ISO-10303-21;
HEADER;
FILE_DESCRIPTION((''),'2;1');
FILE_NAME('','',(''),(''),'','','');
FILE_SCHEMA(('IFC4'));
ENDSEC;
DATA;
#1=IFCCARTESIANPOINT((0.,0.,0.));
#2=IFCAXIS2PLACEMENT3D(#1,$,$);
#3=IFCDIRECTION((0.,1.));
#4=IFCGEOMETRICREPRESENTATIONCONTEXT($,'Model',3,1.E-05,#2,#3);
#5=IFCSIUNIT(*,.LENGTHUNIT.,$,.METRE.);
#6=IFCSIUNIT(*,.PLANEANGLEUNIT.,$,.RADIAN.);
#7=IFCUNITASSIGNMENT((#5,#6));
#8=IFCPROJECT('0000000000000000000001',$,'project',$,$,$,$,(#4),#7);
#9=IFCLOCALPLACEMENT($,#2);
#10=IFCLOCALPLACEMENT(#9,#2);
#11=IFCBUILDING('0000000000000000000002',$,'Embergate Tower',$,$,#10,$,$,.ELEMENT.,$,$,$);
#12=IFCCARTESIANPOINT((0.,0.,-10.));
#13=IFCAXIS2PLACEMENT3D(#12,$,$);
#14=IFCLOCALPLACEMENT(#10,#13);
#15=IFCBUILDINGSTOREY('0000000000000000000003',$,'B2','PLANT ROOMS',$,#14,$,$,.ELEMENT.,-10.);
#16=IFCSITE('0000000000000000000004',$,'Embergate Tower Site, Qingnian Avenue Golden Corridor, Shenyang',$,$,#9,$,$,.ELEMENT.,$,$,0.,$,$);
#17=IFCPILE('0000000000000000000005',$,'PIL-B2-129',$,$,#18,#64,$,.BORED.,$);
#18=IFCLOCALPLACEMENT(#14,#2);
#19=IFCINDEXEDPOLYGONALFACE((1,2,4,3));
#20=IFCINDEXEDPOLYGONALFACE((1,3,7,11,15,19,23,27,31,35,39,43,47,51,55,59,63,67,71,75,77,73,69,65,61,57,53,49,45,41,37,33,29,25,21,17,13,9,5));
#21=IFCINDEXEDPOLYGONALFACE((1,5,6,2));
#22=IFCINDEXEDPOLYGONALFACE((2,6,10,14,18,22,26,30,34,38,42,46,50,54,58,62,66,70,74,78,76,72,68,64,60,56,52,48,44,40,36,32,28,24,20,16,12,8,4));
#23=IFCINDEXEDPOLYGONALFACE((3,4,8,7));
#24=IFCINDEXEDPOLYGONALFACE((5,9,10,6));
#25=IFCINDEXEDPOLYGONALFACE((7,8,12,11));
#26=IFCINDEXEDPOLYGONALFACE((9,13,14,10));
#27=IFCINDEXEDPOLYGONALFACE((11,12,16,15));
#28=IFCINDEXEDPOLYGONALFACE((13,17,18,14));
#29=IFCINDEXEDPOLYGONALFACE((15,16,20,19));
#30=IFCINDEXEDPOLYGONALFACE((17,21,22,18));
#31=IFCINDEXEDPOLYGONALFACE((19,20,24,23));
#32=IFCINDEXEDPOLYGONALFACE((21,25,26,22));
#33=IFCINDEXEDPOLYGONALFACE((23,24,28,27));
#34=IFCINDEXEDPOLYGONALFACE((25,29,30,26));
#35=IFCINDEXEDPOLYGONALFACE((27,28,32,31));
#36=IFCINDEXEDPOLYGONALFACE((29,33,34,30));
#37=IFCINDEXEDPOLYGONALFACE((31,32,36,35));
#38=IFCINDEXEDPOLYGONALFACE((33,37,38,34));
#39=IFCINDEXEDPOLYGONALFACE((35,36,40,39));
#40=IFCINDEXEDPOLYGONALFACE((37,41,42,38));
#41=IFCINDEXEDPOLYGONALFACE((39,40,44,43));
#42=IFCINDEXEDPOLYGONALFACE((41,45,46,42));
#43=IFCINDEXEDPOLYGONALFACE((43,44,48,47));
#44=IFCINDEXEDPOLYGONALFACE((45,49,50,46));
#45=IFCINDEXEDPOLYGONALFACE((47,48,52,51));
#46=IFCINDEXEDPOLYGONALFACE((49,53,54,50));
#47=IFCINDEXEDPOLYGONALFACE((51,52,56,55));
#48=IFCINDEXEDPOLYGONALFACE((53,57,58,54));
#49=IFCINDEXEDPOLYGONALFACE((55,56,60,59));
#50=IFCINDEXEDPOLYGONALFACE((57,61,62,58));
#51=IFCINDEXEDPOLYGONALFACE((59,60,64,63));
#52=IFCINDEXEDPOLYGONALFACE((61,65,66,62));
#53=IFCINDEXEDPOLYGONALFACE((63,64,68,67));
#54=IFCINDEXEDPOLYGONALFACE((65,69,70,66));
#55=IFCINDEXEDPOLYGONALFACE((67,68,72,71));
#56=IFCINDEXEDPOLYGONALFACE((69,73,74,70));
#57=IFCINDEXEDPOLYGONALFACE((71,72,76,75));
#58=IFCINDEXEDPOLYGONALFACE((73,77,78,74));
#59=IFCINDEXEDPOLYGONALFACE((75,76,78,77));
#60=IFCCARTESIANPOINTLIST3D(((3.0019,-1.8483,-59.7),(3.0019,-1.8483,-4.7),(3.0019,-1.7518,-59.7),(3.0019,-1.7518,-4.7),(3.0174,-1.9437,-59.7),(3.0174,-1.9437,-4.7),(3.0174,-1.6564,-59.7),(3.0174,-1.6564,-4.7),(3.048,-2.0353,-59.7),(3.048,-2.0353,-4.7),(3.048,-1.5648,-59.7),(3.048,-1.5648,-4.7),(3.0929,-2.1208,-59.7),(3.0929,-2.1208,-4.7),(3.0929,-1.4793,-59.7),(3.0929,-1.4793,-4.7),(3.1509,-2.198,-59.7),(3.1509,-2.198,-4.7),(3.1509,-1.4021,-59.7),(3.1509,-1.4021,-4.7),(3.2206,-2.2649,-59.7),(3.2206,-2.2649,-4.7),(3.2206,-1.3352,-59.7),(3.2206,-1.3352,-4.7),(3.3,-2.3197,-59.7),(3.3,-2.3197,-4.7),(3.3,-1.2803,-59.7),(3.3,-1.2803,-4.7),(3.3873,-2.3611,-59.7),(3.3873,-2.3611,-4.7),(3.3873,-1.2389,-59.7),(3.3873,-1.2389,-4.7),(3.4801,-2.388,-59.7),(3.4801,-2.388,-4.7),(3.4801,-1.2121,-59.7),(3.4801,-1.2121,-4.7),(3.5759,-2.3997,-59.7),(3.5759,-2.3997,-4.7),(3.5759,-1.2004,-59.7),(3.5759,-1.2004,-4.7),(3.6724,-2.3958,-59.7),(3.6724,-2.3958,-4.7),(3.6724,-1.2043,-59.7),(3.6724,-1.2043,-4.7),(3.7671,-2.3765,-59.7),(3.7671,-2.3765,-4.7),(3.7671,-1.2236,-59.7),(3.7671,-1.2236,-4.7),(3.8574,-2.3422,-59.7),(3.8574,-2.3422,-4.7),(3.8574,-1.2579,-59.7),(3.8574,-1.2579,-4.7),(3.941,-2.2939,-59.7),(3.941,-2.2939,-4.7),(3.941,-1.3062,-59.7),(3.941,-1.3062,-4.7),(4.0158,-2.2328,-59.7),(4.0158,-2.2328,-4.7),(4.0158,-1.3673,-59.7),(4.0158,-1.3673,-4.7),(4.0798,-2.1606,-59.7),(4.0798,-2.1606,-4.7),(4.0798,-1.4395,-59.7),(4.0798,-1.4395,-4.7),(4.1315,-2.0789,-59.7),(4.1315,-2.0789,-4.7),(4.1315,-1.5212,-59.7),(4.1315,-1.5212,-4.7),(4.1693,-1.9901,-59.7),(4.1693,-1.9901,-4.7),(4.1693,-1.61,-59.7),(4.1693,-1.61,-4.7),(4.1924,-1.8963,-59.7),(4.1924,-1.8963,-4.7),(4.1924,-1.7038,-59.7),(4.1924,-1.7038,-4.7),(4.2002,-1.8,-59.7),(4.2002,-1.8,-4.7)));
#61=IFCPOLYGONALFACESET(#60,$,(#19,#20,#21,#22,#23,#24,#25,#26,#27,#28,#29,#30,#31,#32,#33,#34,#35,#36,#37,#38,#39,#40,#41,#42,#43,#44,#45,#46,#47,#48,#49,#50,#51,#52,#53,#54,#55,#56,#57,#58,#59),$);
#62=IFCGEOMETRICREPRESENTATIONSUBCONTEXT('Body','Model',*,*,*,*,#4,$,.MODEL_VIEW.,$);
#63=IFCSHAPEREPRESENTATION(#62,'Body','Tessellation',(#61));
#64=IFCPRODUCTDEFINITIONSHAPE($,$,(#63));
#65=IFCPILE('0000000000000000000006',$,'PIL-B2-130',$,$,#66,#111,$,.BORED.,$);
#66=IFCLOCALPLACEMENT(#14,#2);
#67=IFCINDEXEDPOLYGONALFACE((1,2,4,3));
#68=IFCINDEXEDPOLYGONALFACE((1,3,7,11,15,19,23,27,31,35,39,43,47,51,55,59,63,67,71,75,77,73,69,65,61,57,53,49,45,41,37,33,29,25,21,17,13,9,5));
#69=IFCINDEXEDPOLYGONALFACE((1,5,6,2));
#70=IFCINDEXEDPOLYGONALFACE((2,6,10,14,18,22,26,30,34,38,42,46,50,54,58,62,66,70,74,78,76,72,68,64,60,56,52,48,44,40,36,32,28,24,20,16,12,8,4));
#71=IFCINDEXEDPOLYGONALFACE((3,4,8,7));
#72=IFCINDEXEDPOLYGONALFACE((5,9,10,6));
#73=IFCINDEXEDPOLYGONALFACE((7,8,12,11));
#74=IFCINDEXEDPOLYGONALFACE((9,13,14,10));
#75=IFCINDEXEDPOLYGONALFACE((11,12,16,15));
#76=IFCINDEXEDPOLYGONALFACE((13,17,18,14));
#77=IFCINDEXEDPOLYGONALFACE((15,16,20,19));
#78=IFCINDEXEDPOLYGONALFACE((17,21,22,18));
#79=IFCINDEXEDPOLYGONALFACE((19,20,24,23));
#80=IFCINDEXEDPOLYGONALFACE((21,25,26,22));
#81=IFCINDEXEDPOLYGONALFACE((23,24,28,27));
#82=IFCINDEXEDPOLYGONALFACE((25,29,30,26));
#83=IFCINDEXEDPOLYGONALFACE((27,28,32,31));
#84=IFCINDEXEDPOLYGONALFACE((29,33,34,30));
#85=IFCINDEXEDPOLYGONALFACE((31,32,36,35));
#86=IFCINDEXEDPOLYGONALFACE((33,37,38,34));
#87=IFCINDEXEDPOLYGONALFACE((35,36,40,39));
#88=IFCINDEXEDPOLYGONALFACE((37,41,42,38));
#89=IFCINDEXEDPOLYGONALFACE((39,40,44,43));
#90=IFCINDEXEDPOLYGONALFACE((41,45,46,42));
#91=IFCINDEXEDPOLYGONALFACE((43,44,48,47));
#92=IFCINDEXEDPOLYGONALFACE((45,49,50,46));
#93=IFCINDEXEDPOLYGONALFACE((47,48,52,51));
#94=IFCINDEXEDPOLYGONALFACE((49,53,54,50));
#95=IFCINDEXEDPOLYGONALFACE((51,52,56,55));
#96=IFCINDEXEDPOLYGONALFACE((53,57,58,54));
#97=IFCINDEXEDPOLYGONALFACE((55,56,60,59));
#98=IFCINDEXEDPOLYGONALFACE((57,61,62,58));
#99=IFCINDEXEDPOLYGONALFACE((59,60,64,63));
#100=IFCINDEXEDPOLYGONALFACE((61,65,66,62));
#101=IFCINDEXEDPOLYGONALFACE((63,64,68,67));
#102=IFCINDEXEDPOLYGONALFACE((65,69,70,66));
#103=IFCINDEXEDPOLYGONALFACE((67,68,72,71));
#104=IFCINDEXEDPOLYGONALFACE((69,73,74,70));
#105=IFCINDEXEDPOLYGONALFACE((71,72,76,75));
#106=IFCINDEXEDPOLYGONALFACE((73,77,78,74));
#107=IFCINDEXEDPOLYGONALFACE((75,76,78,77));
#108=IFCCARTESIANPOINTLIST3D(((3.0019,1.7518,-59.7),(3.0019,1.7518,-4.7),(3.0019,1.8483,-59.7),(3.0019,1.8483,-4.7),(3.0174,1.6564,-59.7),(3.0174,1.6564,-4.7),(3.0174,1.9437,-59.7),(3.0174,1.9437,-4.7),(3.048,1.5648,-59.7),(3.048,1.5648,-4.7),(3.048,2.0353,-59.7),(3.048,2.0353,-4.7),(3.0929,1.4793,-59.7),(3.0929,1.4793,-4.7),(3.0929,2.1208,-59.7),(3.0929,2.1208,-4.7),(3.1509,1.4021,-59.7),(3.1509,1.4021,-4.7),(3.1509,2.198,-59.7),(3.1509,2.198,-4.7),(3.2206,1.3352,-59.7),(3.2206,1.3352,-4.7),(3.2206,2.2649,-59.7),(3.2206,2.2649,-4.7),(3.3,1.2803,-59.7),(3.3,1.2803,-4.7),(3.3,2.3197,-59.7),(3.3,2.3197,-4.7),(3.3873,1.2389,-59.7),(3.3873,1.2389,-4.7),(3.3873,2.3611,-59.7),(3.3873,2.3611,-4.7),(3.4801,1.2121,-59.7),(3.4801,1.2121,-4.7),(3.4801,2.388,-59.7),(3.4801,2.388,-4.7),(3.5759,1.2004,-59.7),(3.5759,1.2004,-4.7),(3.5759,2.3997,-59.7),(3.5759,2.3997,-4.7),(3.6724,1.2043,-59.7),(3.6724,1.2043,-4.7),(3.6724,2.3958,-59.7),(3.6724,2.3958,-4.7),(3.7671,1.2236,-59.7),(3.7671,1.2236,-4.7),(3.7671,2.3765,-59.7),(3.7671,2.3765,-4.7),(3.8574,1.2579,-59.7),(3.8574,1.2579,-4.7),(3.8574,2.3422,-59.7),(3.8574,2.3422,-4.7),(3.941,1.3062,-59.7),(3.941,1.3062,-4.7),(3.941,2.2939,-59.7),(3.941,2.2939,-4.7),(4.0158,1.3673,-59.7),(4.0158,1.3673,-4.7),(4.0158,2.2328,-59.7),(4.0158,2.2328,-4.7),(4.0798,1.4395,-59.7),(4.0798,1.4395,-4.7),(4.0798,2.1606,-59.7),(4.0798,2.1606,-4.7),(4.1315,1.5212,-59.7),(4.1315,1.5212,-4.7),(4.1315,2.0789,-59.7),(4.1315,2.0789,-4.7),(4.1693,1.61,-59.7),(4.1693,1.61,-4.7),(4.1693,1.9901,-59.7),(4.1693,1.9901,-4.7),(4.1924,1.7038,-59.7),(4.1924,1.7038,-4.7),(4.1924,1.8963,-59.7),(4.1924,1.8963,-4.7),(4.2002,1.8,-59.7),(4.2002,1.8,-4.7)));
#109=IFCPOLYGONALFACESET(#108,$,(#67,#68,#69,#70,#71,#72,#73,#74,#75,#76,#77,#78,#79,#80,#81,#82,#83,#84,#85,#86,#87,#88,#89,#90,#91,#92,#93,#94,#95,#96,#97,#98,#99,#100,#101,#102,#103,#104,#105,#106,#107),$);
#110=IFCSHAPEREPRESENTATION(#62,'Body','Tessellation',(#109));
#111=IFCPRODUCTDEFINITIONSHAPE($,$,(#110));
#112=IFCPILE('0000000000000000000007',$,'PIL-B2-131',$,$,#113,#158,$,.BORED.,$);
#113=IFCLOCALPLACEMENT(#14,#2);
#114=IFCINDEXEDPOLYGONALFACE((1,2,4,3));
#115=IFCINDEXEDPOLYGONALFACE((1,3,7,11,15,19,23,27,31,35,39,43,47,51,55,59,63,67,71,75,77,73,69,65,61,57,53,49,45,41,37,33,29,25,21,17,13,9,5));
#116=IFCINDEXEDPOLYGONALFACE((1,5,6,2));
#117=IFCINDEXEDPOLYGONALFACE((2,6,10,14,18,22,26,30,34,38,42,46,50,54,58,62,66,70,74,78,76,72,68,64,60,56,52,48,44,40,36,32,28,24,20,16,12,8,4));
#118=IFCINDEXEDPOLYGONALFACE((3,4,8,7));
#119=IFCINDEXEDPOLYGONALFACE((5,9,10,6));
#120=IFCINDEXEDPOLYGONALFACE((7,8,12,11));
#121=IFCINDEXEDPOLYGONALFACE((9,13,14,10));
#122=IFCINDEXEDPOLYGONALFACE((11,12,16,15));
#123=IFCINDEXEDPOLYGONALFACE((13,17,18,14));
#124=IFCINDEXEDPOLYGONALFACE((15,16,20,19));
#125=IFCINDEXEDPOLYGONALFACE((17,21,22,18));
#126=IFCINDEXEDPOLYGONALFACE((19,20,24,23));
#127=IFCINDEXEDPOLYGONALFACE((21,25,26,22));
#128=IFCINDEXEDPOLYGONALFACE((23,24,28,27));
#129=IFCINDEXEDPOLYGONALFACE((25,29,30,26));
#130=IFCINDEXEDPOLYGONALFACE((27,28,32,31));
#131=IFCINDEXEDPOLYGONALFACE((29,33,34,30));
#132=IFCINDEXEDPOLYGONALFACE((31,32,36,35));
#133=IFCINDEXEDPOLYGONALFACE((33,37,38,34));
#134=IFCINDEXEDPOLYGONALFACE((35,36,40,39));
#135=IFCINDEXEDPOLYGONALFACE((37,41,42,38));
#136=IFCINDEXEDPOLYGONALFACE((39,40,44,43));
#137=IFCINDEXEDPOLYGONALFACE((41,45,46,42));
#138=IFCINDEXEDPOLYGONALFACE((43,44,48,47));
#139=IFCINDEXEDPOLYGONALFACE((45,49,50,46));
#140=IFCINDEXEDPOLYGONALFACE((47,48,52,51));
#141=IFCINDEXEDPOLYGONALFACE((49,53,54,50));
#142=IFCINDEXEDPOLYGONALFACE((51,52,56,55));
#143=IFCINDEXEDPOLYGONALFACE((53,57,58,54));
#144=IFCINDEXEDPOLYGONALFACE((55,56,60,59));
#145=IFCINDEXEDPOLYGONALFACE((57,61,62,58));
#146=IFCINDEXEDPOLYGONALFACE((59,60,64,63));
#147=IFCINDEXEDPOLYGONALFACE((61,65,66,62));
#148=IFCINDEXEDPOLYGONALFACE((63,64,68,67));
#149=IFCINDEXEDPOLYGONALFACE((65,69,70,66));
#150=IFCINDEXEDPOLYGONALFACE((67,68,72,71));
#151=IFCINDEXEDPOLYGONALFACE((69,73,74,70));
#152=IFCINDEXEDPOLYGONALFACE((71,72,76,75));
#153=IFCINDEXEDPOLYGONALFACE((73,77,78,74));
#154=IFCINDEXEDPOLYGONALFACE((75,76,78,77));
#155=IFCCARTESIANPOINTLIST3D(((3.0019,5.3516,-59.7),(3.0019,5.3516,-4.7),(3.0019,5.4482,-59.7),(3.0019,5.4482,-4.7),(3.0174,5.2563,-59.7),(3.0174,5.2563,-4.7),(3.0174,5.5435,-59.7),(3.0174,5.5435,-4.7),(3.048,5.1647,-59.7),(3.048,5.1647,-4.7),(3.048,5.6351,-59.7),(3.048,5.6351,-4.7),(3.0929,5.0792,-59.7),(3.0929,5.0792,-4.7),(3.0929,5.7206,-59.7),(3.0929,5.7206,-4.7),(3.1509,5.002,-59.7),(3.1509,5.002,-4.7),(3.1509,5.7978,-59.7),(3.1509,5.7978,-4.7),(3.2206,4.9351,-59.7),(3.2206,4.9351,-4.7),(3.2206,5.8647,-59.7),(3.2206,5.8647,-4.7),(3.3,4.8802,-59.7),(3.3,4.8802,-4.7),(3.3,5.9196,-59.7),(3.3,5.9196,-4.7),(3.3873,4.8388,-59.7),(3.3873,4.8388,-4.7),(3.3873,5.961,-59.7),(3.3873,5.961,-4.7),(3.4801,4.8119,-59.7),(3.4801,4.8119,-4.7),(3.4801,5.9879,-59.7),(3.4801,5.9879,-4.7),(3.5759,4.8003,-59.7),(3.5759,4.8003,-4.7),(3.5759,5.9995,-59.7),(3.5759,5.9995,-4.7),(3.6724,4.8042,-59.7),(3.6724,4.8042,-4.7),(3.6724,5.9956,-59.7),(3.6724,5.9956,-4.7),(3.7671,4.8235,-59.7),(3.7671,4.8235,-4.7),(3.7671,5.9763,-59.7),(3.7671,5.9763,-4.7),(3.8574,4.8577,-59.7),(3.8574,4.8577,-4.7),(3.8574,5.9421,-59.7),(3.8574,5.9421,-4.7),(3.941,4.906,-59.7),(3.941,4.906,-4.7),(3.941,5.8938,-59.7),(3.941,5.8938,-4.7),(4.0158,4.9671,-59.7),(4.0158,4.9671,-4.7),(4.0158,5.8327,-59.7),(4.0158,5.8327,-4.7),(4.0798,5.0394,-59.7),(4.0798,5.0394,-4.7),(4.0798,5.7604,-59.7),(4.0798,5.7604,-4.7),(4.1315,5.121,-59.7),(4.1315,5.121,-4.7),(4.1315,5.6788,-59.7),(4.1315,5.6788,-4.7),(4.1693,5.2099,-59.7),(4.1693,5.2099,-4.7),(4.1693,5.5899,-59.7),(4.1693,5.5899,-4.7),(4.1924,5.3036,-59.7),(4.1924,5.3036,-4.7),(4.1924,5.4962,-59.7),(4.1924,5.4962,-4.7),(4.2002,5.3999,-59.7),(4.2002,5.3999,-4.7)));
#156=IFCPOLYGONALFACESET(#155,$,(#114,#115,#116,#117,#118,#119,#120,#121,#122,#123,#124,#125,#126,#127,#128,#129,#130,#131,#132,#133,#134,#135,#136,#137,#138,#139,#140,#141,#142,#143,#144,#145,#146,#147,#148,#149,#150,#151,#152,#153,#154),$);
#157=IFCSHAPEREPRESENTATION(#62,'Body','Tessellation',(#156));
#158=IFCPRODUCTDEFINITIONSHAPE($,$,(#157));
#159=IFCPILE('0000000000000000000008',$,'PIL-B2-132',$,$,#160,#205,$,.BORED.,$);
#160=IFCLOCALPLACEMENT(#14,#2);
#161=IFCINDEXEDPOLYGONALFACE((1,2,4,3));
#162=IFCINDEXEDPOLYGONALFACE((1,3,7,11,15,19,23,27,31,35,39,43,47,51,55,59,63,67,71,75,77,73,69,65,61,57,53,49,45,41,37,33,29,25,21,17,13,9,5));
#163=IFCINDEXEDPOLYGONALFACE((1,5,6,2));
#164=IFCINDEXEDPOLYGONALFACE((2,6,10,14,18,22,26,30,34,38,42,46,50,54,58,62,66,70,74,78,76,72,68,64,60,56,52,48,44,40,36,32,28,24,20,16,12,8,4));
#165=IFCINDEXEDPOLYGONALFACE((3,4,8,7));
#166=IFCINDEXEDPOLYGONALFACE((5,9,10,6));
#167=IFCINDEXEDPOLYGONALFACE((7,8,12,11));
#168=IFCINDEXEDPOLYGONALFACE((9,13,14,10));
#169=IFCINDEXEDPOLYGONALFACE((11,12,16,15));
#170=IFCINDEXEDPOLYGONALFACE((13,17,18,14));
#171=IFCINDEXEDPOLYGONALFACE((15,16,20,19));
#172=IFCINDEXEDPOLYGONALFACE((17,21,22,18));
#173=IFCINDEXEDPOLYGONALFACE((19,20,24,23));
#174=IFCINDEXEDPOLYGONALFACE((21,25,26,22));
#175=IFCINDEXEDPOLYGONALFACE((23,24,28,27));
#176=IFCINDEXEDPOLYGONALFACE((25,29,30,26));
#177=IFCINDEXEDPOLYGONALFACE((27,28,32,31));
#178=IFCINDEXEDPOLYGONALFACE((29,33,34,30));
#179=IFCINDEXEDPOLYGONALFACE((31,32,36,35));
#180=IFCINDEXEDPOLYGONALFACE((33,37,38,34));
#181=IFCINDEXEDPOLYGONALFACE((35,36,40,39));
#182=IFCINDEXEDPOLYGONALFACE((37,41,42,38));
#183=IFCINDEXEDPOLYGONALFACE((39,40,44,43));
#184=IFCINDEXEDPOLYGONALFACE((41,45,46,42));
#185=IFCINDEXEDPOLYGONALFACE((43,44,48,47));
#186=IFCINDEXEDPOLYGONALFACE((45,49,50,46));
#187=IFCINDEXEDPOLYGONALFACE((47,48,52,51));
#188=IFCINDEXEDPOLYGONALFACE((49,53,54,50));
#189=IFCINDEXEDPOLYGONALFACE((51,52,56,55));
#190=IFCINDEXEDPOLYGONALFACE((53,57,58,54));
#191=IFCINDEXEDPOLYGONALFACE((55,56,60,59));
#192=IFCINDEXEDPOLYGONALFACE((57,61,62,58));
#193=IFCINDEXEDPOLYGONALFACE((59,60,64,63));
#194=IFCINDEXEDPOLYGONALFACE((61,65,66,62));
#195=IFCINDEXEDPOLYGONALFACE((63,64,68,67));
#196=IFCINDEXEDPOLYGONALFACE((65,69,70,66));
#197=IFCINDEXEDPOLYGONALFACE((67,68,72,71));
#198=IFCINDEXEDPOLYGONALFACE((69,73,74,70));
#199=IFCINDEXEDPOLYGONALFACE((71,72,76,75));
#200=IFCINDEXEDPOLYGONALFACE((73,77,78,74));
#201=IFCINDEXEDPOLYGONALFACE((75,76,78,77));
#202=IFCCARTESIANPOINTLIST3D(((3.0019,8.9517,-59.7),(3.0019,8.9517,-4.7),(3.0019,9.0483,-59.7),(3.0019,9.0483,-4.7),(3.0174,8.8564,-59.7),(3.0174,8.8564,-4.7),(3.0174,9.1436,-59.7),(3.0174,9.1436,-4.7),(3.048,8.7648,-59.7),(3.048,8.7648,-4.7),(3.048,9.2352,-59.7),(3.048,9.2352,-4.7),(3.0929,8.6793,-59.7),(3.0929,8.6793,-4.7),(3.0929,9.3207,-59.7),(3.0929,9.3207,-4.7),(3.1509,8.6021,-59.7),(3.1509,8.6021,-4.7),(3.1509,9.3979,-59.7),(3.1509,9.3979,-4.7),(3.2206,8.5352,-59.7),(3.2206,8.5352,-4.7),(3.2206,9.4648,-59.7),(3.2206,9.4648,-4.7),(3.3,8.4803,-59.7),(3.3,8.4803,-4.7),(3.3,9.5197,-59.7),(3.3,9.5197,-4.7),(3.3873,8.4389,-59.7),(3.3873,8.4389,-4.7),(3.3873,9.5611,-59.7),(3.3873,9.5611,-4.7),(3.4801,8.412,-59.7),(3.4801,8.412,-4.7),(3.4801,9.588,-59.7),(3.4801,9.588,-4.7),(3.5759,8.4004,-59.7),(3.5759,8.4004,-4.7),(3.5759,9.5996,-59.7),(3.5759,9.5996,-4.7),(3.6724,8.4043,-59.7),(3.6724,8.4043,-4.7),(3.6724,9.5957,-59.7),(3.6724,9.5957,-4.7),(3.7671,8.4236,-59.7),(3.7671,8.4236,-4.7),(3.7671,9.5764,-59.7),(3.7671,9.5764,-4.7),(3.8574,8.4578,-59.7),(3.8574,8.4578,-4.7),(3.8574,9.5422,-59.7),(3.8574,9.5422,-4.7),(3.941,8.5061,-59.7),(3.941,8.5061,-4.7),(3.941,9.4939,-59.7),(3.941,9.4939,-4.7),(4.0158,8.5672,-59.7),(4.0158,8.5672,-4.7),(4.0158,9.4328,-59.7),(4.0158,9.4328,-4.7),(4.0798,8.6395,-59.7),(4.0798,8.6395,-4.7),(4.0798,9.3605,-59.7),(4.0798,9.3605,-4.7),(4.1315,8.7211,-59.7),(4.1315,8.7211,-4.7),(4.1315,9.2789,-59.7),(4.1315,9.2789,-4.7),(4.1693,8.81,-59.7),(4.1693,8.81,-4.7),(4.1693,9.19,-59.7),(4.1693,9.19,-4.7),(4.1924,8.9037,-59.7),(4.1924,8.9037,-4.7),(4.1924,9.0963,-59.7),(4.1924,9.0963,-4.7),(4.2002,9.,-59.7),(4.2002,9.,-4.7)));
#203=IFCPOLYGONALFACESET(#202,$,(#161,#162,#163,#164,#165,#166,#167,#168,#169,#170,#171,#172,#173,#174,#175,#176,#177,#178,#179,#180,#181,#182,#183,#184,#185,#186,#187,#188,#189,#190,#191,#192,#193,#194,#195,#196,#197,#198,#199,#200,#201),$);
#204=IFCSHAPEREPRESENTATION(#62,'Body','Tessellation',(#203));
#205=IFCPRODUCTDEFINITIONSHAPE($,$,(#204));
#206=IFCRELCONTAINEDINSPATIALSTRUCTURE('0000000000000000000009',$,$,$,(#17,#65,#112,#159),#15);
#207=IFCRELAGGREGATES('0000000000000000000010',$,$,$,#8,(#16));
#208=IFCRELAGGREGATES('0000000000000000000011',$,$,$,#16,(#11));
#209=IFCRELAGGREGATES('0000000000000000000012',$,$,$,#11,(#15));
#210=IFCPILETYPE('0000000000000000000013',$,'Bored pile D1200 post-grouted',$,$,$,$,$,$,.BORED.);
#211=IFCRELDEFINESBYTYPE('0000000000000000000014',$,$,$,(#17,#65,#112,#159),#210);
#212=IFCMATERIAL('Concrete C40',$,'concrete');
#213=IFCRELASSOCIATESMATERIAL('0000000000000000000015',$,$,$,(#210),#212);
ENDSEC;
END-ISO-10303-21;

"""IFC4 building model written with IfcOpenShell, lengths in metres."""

from ifc_helpers import new_model, si_unit, direction, frame, origin, origin_2d, place, context, subcontext, project, spatial, circle, extrude, source, transform, mapped, material, material_profile, profile_set, type_object, element, save


model = new_model("IFC4")

# Units and contexts
model_context = context("Model", 3, precision=1e-05, world=origin(), true_north=direction((0.0, 1.0)))
body_context = subcontext(model_context, "Body", "Model", "MODEL_VIEW")
ifc_project = project(units=[si_unit("LENGTHUNIT", "METRE"), si_unit("PLANEANGLEUNIT", "RADIAN")], contexts=[model_context])

# Site, building, storey
site_placement = place(None, origin())
site = spatial("IfcSite", under=ifc_project, at=site_placement, Name="Embergate Tower Site, Qingnian Avenue Golden Corridor, Shenyang", CompositionType="ELEMENT", RefElevation=0.0)
building_placement = place(site_placement, origin())
building = spatial("IfcBuilding", under=site, at=building_placement, Name="Embergate Tower", CompositionType="ELEMENT")
storey_placement = place(building_placement, frame((0.0, 0.0, -10.0)))
storey = spatial("IfcBuildingStorey", under=building, at=storey_placement, Name="B2", Description="PLANT ROOMS", CompositionType="ELEMENT", Elevation=-10.0)

# Piles
ifc_material_1 = material(Name="Concrete C40", Category="concrete")
ifc_material_profile = material_profile(ifc_material_1, circle(Radius=0.6001, at=origin_2d()), Name="D1200")
ifc_profile_set = profile_set([ifc_material_profile], Name="Concrete C40")
pile_type = type_object("IfcPileType", Name="Bored pile D1200 post-grouted", PredefinedType="BORED", material=ifc_profile_set)
shared_shape_1 = source(origin(), body_context, "Body", "SweptSolid", [
    extrude(circle(Radius=0.6001, at=origin_2d()), origin(), (0.0, 0.0, 1.0), 55.0),
])
for number, where, z_axis, x_axis, name in (
    (1, (3.6001, -1.8, -4.7), (0.0, 0.0, -1.0), (1.0, 0.0, 0.0), "PIL-B2-129"),
    (2, (3.6001, 1.8, -4.7), (0.0, 0.0, -1.0), (1.0, 0.0, 0.0), "PIL-B2-130"),
    (3, (3.6001, 5.3999, -4.7), (0.0, 0.0, -1.0), (1.0, 0.0, 0.0), "PIL-B2-131"),
    (4, (3.6001, 9.0, -4.7), (0.0, 0.0, -1.0), (1.0, 0.0, 0.0), "PIL-B2-132"),
):
    element("IfcPile", number, at=place(storey_placement, frame(where, z_axis=z_axis, x_axis=x_axis)), inside=storey, type_object=pile_type, Name=name, PredefinedType="BORED", context=body_context, shape_type="MappedRepresentation", body=[
        mapped(shared_shape_1, transform((0.0, 0.0, 0.0))),
    ])

save(model, "model.ifc")
